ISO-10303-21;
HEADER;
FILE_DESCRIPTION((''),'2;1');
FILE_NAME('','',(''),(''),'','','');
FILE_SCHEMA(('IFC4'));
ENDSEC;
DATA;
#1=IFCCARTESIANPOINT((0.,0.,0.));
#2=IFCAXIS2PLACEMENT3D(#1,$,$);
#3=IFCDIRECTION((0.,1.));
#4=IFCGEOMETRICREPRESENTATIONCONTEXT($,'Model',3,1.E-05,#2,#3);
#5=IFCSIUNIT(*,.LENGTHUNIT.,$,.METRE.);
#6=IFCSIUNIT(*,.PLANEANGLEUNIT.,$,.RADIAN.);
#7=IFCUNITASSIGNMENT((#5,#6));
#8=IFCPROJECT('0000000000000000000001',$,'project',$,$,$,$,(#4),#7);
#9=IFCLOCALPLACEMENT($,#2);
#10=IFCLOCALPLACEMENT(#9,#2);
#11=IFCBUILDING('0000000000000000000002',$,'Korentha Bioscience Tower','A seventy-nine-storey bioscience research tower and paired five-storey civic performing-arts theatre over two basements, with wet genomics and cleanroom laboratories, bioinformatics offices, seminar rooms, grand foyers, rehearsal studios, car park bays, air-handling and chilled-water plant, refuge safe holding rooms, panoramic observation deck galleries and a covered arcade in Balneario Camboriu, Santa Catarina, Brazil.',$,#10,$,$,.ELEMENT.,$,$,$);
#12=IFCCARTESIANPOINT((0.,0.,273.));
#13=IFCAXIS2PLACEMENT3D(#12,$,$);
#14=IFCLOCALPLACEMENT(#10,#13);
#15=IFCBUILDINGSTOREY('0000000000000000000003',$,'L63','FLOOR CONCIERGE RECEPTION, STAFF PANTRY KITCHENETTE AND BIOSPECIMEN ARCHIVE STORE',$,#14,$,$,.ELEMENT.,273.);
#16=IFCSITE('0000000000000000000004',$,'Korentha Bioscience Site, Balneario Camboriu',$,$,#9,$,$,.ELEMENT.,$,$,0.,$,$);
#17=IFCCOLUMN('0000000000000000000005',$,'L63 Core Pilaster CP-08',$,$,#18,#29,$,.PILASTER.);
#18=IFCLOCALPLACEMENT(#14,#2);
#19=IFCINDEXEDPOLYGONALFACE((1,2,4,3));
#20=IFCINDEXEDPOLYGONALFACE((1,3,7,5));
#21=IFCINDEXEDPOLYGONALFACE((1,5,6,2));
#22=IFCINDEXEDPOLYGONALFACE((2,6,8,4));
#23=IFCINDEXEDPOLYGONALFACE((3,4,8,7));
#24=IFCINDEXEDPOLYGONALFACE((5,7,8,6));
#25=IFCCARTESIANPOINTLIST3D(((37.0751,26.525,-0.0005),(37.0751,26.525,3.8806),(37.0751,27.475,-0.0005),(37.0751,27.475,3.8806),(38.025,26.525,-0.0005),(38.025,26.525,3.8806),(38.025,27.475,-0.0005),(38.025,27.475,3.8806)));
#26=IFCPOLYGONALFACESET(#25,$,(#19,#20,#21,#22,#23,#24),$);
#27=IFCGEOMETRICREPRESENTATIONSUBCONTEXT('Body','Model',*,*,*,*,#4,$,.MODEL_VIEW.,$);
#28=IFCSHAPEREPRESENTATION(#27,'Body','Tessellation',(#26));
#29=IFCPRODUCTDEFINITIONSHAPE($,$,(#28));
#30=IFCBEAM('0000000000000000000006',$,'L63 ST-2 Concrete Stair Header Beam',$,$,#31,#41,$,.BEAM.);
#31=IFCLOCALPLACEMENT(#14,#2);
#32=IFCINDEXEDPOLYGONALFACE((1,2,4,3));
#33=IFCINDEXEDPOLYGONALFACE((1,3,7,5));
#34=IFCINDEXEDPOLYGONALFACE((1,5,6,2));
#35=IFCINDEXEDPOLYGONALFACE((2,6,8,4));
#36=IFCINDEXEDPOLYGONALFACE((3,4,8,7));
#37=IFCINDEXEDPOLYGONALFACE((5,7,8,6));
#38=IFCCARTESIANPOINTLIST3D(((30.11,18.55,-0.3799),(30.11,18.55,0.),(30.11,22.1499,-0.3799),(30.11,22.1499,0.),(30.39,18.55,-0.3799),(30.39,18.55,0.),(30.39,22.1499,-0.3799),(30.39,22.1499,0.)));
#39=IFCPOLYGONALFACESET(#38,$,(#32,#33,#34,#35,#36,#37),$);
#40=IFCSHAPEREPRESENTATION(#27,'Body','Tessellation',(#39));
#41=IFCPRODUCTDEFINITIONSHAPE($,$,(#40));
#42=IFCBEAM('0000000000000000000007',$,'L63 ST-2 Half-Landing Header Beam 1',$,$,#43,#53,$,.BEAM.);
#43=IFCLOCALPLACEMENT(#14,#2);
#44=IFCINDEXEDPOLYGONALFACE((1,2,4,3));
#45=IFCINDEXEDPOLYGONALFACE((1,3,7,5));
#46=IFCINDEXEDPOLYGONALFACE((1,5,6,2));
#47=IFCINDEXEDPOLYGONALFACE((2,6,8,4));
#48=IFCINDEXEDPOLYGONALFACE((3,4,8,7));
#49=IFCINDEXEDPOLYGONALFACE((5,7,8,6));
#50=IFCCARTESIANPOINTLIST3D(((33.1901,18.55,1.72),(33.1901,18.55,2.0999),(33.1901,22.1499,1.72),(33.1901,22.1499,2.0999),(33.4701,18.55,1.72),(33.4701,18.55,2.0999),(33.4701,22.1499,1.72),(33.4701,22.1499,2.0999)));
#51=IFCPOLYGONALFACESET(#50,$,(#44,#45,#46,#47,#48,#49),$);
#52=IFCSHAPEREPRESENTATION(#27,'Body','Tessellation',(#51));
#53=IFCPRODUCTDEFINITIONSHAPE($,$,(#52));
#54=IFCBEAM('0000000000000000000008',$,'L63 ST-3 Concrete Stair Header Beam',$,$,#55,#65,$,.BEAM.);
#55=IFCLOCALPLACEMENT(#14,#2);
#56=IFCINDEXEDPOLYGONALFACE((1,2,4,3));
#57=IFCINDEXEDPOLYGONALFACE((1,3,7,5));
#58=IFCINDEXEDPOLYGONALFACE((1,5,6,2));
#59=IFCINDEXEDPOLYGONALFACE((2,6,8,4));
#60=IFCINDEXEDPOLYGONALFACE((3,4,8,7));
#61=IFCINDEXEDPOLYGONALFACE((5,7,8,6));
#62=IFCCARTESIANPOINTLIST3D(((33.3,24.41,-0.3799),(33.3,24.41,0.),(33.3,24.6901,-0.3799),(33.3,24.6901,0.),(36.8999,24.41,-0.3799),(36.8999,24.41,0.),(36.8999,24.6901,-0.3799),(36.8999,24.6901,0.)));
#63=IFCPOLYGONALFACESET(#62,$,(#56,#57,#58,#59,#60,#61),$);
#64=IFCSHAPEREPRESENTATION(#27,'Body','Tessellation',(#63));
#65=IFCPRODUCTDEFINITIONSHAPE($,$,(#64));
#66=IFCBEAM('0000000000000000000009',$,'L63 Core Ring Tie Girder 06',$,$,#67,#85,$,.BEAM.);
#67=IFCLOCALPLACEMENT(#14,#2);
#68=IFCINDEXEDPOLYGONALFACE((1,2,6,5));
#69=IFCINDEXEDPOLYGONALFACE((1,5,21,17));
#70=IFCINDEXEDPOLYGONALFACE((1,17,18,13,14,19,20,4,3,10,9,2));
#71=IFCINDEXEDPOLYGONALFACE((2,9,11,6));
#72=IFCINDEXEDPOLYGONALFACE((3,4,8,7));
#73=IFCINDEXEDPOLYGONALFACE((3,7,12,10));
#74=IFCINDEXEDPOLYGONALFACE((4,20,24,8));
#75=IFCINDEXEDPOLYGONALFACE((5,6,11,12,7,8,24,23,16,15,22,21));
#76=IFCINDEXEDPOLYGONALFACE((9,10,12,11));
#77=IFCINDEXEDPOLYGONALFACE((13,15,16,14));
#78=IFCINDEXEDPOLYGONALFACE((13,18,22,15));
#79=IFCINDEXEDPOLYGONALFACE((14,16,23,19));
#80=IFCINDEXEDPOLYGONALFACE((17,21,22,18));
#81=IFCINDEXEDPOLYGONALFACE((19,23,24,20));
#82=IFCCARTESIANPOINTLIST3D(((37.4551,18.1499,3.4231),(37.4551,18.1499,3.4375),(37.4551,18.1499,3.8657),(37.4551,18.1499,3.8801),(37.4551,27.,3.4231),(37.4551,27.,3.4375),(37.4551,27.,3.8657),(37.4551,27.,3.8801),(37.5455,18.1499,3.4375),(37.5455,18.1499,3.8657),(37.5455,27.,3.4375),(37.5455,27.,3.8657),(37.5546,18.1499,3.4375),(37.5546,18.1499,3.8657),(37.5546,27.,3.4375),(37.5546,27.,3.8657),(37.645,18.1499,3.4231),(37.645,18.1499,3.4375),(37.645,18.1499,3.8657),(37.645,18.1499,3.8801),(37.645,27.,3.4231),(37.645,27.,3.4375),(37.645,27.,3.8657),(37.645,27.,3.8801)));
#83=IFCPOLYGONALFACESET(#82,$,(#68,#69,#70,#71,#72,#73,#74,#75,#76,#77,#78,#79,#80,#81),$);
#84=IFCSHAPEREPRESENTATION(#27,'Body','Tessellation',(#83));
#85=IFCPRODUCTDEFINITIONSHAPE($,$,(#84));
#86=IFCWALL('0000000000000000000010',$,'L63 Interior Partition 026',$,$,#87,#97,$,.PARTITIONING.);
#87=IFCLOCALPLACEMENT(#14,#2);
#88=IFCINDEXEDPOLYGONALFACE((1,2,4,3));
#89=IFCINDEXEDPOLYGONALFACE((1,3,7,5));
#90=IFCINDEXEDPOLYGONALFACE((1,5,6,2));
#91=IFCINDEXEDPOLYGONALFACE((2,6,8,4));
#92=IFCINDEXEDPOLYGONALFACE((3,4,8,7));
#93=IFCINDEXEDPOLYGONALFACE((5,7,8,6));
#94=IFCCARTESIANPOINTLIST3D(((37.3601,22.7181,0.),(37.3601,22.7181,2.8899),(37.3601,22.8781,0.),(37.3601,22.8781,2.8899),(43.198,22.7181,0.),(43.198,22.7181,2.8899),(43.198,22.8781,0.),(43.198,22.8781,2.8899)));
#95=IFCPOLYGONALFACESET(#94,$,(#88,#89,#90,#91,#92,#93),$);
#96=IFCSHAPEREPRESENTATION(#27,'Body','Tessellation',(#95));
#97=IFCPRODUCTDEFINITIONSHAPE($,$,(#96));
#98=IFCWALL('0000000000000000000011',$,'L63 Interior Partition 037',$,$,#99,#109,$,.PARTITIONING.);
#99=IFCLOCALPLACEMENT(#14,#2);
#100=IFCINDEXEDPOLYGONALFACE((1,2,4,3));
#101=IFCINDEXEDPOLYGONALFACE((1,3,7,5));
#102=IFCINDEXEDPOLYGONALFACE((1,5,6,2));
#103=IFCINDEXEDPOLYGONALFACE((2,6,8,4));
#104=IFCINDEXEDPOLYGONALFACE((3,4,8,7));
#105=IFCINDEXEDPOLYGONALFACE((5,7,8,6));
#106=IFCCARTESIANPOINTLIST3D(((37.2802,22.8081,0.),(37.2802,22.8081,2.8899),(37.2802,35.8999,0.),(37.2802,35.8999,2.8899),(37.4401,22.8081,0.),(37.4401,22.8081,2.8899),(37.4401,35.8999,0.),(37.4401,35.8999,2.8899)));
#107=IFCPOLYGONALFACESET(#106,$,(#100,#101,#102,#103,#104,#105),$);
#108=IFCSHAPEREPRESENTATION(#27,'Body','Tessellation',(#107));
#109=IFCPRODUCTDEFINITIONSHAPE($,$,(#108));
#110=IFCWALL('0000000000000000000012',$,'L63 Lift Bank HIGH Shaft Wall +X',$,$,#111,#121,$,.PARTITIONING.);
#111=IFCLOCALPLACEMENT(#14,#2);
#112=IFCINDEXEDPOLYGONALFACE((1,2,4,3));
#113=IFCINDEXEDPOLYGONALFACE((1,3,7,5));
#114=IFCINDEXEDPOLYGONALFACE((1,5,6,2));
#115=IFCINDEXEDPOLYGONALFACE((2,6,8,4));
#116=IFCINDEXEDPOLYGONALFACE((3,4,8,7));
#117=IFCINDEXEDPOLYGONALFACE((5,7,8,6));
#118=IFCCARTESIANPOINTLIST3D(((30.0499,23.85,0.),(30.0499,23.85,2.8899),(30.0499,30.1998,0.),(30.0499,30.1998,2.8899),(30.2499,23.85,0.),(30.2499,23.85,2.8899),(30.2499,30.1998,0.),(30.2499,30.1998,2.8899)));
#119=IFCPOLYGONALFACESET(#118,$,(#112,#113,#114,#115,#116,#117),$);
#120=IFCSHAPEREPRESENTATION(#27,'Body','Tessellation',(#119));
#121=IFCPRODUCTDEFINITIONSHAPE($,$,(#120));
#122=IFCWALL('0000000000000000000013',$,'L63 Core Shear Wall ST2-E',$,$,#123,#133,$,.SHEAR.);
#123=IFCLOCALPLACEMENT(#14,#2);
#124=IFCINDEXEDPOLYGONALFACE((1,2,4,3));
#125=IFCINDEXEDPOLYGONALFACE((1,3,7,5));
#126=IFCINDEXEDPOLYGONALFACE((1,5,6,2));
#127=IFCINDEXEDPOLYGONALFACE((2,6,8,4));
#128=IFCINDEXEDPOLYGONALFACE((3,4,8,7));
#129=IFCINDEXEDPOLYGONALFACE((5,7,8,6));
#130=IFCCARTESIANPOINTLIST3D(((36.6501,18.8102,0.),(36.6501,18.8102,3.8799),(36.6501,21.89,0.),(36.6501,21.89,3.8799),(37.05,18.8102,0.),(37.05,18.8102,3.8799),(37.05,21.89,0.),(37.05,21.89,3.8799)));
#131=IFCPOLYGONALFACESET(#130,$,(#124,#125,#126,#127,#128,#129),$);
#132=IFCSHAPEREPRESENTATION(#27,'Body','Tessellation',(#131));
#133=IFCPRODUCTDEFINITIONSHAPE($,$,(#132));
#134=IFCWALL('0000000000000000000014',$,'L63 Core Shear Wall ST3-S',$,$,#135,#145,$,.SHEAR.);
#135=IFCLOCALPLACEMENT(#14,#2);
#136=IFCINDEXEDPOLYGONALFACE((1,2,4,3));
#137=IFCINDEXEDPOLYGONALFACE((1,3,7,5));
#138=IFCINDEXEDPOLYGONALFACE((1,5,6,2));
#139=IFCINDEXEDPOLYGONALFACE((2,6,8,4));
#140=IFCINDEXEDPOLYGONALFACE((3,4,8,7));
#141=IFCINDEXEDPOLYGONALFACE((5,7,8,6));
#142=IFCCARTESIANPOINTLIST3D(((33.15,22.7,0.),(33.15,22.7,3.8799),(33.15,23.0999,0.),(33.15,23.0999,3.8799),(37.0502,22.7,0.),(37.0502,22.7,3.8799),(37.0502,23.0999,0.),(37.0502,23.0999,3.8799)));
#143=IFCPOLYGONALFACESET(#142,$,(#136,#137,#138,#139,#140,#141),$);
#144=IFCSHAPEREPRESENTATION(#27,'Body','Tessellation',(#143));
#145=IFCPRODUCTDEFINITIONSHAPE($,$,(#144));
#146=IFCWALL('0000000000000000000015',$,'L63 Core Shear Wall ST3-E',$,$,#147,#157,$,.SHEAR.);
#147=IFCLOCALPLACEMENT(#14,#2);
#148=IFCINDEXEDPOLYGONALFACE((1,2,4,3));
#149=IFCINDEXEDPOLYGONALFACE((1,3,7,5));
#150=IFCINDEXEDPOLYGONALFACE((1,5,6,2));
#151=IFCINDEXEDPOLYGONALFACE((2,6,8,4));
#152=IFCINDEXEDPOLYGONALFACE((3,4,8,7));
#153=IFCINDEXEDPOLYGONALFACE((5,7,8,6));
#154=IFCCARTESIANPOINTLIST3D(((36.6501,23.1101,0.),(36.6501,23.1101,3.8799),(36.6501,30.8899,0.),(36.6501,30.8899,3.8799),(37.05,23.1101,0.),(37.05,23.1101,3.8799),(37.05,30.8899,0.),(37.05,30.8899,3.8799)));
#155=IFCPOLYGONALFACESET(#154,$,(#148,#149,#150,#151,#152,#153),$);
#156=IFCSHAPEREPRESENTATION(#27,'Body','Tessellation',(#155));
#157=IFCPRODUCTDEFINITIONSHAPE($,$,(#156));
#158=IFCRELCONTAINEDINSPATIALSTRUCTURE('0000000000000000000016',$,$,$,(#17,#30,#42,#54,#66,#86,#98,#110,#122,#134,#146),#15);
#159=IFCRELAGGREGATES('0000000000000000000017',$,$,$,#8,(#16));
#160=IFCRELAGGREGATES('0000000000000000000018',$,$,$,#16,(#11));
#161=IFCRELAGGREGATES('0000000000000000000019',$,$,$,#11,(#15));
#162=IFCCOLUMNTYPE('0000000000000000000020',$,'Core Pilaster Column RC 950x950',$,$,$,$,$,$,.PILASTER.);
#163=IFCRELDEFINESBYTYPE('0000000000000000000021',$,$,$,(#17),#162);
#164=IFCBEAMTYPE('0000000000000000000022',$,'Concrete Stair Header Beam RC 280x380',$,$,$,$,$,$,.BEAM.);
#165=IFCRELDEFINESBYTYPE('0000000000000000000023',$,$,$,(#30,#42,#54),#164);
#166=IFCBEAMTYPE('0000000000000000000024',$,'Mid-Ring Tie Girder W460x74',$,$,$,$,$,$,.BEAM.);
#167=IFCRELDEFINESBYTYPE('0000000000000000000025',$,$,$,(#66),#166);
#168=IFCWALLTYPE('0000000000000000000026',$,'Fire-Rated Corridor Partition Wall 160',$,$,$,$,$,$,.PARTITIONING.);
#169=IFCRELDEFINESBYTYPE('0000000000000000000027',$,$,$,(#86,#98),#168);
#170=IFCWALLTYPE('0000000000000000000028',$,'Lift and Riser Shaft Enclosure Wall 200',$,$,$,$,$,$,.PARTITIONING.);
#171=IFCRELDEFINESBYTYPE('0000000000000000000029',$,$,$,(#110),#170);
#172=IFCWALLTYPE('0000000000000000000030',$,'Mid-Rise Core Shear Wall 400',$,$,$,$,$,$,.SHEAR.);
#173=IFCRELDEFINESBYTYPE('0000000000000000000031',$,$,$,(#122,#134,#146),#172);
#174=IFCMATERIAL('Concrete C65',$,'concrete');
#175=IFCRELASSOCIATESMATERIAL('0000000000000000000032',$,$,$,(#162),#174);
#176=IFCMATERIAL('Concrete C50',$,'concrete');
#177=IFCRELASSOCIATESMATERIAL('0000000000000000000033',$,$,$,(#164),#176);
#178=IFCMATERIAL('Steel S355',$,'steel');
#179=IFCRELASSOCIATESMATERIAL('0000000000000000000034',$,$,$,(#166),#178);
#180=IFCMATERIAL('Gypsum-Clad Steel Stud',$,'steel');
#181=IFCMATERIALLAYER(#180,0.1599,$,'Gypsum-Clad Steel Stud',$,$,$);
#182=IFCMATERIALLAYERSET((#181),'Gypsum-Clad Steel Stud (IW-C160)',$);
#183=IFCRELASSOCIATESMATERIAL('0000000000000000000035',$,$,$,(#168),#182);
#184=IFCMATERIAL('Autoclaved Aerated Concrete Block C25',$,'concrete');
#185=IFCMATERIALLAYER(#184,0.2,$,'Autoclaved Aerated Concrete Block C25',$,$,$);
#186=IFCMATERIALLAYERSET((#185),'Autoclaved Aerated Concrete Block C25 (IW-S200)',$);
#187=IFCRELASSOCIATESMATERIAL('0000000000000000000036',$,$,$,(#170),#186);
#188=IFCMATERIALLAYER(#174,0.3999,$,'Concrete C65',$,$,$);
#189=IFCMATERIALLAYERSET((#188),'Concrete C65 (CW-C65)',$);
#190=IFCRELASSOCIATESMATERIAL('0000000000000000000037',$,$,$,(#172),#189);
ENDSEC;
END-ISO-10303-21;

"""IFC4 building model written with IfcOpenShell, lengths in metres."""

from ifc_helpers import new_model, si_unit, direction, frame, frame_2d, origin, origin_2d, place, context, subcontext, project, spatial, rectangle, i_section, extrude, material, layer, layer_set, material_profile, profile_set, type_object, element, save


model = new_model("IFC4")

# Units and contexts
model_context = context("Model", 3, precision=1e-05, world=origin(), true_north=direction((0.0, 1.0)))
body_context = subcontext(model_context, "Body", "Model", "MODEL_VIEW")
ifc_project = project(units=[si_unit("LENGTHUNIT", "METRE"), si_unit("PLANEANGLEUNIT", "RADIAN")], contexts=[model_context])

# Site, building, storey
site_placement = place(None, origin())
site = spatial("IfcSite", under=ifc_project, at=site_placement, Name="Korentha Bioscience Site, Balneario Camboriu", CompositionType="ELEMENT", RefElevation=0.0)
building_placement = place(site_placement, origin())
building = spatial("IfcBuilding", under=site, at=building_placement, Name="Korentha Bioscience Tower", Description="A seventy-nine-storey bioscience research tower and paired five-storey civic performing-arts theatre over two basements, with wet genomics and cleanroom laboratories, bioinformatics offices, seminar rooms, grand foyers, rehearsal studios, car park bays, air-handling and chilled-water plant, refuge safe holding rooms, panoramic observation deck galleries and a covered arcade in Balneario Camboriu, Santa Catarina, Brazil.", CompositionType="ELEMENT")
storey_placement = place(building_placement, frame((0.0, 0.0, 273.0)))
storey = spatial("IfcBuildingStorey", under=building, at=storey_placement, Name="L63", Description="FLOOR CONCIERGE RECEPTION, STAFF PANTRY KITCHENETTE AND BIOSPECIMEN ARCHIVE STORE", CompositionType="ELEMENT", Elevation=273.0)

# Column
ifc_material_1 = material(Name="Concrete C65", Category="concrete")
ifc_material_profile_1 = material_profile(ifc_material_1, rectangle(XDim=0.95, YDim=0.95, at=origin_2d()), Name="Concrete C65")
ifc_profile_set_1 = profile_set([ifc_material_profile_1], Name="Concrete C65 (COL-CP09)")
column_type = type_object("IfcColumnType", Name="Core Pilaster Column RC 950x950", PredefinedType="PILASTER", material=ifc_profile_set_1)
column_placement = place(storey_placement, frame((37.55, 27.0, -0.0005), z_axis=(0.0, 0.0, 1.0), x_axis=(1.0, 0.0, 0.0)))
element("IfcColumn", 1, at=column_placement, inside=storey, type_object=column_type, Name="L63 Core Pilaster CP-08", PredefinedType="PILASTER", context=body_context, shape_type="SweptSolid", body=[
    extrude(rectangle(XDim=0.95, YDim=0.95, at=origin_2d()), origin(), (0.0, 0.0, 1.0), 3.8811),
])

# Beams
ifc_material_2 = material(Name="Concrete C50", Category="concrete")
ifc_material_profile_2 = material_profile(ifc_material_2, rectangle(XDim=0.28, YDim=0.3799, at=origin_2d()), Name="Concrete C50")
ifc_profile_set_2 = profile_set([ifc_material_profile_2], Name="Concrete C50 (ST-HB380)")
beam_type_1 = type_object("IfcBeamType", Name="Concrete Stair Header Beam RC 280x380", PredefinedType="BEAM", material=ifc_profile_set_2)
for number, where, z_axis, x_axis, name in (
    (2, (30.25, 18.55, -0.1899), (0.0, 1.0, 0.0), (-1.0, 0.0, 0.0), "L63 ST-2 Concrete Stair Header Beam"),
    (3, (33.3301, 18.55, 1.9099), (0.0, 1.0, 0.0), (-1.0, 0.0, 0.0), "L63 ST-2 Half-Landing Header Beam 1"),
    (4, (36.8999, 24.55, -0.1899), (-1.0, 0.0, 0.0), (0.0, -1.0, 0.0), "L63 ST-3 Concrete Stair Header Beam"),
):
    element("IfcBeam", number, at=place(storey_placement, frame(where, z_axis=z_axis, x_axis=x_axis)), inside=storey, type_object=beam_type_1, Name=name, PredefinedType="BEAM", context=body_context, shape_type="SweptSolid", body=[
        extrude(rectangle(XDim=0.28, YDim=0.3799, at=origin_2d()), origin(), (0.0, 0.0, 1.0), 3.5999),
    ])
ifc_material_3 = material(Name="Steel S355", Category="steel")
ifc_material_profile_3 = material_profile(ifc_material_3, i_section(OverallWidth=0.1899, OverallDepth=0.457, WebThickness=0.009, FlangeThickness=0.0144, at=origin_2d()), Name="Steel S355")
ifc_profile_set_3 = profile_set([ifc_material_profile_3], Name="Steel S355 (MB-460)")
beam_type_2 = type_object("IfcBeamType", Name="Mid-Ring Tie Girder W460x74", PredefinedType="BEAM", material=ifc_profile_set_3)
beam_placement = place(storey_placement, frame((37.55, 18.1499, 3.6516), z_axis=(0.0, 1.0, 0.0), x_axis=(-1.0, 0.0, 0.0)))
element("IfcBeam", 5, at=beam_placement, inside=storey, type_object=beam_type_2, Name="L63 Core Ring Tie Girder 06", PredefinedType="BEAM", context=body_context, shape_type="SweptSolid", body=[
    extrude(i_section(OverallWidth=0.1899, OverallDepth=0.457, WebThickness=0.009, FlangeThickness=0.0144, at=origin_2d()), origin(), (0.0, 0.0, 1.0), 8.8501),
])

# Walls
ifc_material_4 = material(Name="Gypsum-Clad Steel Stud", Category="steel")
ifc_layer_1 = layer(ifc_material_4, 0.1599, Name="Gypsum-Clad Steel Stud")
ifc_layer_set_1 = layer_set([ifc_layer_1], Name="Gypsum-Clad Steel Stud (IW-C160)")
wall_type_1 = type_object("IfcWallType", Name="Fire-Rated Corridor Partition Wall 160", PredefinedType="PARTITIONING", material=ifc_layer_set_1)
wall_1_placement = place(storey_placement, frame((37.3601, 22.7981, 0.0), z_axis=(0.0, 0.0, 1.0), x_axis=(1.0, 0.0, 0.0)))
element("IfcWall", 6, at=wall_1_placement, inside=storey, type_object=wall_type_1, Name="L63 Interior Partition 026", PredefinedType="PARTITIONING", context=body_context, shape_type="SweptSolid", body=[
    extrude(rectangle(XDim=5.8379, YDim=0.1599, at=frame_2d((2.9189, 0.0))), origin(), (0.0, 0.0, 1.0), 2.8899),
])
wall_2_placement = place(storey_placement, frame((37.3601, 22.8081, 0.0), z_axis=(0.0, 0.0, 1.0), x_axis=(0.0, 1.0, 0.0)))
element("IfcWall", 7, at=wall_2_placement, inside=storey, type_object=wall_type_1, Name="L63 Interior Partition 037", PredefinedType="PARTITIONING", context=body_context, shape_type="SweptSolid", body=[
    extrude(rectangle(XDim=13.0918, YDim=0.1599, at=frame_2d((6.5459, 0.0))), origin(), (0.0, 0.0, 1.0), 2.8899),
])
ifc_material_5 = material(Name="Autoclaved Aerated Concrete Block C25", Category="concrete")
ifc_layer_2 = layer(ifc_material_5, 0.2, Name="Autoclaved Aerated Concrete Block C25")
ifc_layer_set_2 = layer_set([ifc_layer_2], Name="Autoclaved Aerated Concrete Block C25 (IW-S200)")
wall_type_2 = type_object("IfcWallType", Name="Lift and Riser Shaft Enclosure Wall 200", PredefinedType="PARTITIONING", material=ifc_layer_set_2)
wall_3_placement = place(storey_placement, frame((30.1499, 23.8501, 0.0), z_axis=(0.0, 0.0, 1.0), x_axis=(0.0, 1.0, 0.0)))
element("IfcWall", 8, at=wall_3_placement, inside=storey, type_object=wall_type_2, Name="L63 Lift Bank HIGH Shaft Wall +X", PredefinedType="PARTITIONING", context=body_context, shape_type="SweptSolid", body=[
    extrude(rectangle(XDim=6.3499, YDim=0.2, at=frame_2d((3.1748, 0.0))), origin(), (0.0, 0.0, 1.0), 2.8899),
])
ifc_layer_3 = layer(ifc_material_1, 0.3999, Name="Concrete C65")
ifc_layer_set_3 = layer_set([ifc_layer_3], Name="Concrete C65 (CW-C65)")
wall_type_3 = type_object("IfcWallType", Name="Mid-Rise Core Shear Wall 400", PredefinedType="SHEAR", material=ifc_layer_set_3)
wall_4_placement = place(storey_placement, frame((36.8501, 18.8101, 0.0), z_axis=(0.0, 0.0, 1.0), x_axis=(0.0, 1.0, 0.0)))
element("IfcWall", 9, at=wall_4_placement, inside=storey, type_object=wall_type_3, Name="L63 Core Shear Wall ST2-E", PredefinedType="SHEAR", context=body_context, shape_type="SweptSolid", body=[
    extrude(rectangle(XDim=3.0798, YDim=0.3999, at=frame_2d((1.54, 0.0))), origin(), (0.0, 0.0, 1.0), 3.8799),
])
wall_5_placement = place(storey_placement, frame((33.1499, 22.8999, 0.0), z_axis=(0.0, 0.0, 1.0), x_axis=(1.0, 0.0, 0.0)))
element("IfcWall", 10, at=wall_5_placement, inside=storey, type_object=wall_type_3, Name="L63 Core Shear Wall ST3-S", PredefinedType="SHEAR", context=body_context, shape_type="SweptSolid", body=[
    extrude(rectangle(XDim=3.9001, YDim=0.3999, at=frame_2d((1.9502, 0.0))), origin(), (0.0, 0.0, 1.0), 3.8799),
])
wall_6_placement = place(storey_placement, frame((36.8501, 23.1101, 0.0), z_axis=(0.0, 0.0, 1.0), x_axis=(0.0, 1.0, 0.0)))
element("IfcWall", 11, at=wall_6_placement, inside=storey, type_object=wall_type_3, Name="L63 Core Shear Wall ST3-E", PredefinedType="SHEAR", context=body_context, shape_type="SweptSolid", body=[
    extrude(rectangle(XDim=7.7798, YDim=0.3999, at=frame_2d((3.8899, 0.0))), origin(), (0.0, 0.0, 1.0), 3.8799),
])

save(model, "model.ifc")
